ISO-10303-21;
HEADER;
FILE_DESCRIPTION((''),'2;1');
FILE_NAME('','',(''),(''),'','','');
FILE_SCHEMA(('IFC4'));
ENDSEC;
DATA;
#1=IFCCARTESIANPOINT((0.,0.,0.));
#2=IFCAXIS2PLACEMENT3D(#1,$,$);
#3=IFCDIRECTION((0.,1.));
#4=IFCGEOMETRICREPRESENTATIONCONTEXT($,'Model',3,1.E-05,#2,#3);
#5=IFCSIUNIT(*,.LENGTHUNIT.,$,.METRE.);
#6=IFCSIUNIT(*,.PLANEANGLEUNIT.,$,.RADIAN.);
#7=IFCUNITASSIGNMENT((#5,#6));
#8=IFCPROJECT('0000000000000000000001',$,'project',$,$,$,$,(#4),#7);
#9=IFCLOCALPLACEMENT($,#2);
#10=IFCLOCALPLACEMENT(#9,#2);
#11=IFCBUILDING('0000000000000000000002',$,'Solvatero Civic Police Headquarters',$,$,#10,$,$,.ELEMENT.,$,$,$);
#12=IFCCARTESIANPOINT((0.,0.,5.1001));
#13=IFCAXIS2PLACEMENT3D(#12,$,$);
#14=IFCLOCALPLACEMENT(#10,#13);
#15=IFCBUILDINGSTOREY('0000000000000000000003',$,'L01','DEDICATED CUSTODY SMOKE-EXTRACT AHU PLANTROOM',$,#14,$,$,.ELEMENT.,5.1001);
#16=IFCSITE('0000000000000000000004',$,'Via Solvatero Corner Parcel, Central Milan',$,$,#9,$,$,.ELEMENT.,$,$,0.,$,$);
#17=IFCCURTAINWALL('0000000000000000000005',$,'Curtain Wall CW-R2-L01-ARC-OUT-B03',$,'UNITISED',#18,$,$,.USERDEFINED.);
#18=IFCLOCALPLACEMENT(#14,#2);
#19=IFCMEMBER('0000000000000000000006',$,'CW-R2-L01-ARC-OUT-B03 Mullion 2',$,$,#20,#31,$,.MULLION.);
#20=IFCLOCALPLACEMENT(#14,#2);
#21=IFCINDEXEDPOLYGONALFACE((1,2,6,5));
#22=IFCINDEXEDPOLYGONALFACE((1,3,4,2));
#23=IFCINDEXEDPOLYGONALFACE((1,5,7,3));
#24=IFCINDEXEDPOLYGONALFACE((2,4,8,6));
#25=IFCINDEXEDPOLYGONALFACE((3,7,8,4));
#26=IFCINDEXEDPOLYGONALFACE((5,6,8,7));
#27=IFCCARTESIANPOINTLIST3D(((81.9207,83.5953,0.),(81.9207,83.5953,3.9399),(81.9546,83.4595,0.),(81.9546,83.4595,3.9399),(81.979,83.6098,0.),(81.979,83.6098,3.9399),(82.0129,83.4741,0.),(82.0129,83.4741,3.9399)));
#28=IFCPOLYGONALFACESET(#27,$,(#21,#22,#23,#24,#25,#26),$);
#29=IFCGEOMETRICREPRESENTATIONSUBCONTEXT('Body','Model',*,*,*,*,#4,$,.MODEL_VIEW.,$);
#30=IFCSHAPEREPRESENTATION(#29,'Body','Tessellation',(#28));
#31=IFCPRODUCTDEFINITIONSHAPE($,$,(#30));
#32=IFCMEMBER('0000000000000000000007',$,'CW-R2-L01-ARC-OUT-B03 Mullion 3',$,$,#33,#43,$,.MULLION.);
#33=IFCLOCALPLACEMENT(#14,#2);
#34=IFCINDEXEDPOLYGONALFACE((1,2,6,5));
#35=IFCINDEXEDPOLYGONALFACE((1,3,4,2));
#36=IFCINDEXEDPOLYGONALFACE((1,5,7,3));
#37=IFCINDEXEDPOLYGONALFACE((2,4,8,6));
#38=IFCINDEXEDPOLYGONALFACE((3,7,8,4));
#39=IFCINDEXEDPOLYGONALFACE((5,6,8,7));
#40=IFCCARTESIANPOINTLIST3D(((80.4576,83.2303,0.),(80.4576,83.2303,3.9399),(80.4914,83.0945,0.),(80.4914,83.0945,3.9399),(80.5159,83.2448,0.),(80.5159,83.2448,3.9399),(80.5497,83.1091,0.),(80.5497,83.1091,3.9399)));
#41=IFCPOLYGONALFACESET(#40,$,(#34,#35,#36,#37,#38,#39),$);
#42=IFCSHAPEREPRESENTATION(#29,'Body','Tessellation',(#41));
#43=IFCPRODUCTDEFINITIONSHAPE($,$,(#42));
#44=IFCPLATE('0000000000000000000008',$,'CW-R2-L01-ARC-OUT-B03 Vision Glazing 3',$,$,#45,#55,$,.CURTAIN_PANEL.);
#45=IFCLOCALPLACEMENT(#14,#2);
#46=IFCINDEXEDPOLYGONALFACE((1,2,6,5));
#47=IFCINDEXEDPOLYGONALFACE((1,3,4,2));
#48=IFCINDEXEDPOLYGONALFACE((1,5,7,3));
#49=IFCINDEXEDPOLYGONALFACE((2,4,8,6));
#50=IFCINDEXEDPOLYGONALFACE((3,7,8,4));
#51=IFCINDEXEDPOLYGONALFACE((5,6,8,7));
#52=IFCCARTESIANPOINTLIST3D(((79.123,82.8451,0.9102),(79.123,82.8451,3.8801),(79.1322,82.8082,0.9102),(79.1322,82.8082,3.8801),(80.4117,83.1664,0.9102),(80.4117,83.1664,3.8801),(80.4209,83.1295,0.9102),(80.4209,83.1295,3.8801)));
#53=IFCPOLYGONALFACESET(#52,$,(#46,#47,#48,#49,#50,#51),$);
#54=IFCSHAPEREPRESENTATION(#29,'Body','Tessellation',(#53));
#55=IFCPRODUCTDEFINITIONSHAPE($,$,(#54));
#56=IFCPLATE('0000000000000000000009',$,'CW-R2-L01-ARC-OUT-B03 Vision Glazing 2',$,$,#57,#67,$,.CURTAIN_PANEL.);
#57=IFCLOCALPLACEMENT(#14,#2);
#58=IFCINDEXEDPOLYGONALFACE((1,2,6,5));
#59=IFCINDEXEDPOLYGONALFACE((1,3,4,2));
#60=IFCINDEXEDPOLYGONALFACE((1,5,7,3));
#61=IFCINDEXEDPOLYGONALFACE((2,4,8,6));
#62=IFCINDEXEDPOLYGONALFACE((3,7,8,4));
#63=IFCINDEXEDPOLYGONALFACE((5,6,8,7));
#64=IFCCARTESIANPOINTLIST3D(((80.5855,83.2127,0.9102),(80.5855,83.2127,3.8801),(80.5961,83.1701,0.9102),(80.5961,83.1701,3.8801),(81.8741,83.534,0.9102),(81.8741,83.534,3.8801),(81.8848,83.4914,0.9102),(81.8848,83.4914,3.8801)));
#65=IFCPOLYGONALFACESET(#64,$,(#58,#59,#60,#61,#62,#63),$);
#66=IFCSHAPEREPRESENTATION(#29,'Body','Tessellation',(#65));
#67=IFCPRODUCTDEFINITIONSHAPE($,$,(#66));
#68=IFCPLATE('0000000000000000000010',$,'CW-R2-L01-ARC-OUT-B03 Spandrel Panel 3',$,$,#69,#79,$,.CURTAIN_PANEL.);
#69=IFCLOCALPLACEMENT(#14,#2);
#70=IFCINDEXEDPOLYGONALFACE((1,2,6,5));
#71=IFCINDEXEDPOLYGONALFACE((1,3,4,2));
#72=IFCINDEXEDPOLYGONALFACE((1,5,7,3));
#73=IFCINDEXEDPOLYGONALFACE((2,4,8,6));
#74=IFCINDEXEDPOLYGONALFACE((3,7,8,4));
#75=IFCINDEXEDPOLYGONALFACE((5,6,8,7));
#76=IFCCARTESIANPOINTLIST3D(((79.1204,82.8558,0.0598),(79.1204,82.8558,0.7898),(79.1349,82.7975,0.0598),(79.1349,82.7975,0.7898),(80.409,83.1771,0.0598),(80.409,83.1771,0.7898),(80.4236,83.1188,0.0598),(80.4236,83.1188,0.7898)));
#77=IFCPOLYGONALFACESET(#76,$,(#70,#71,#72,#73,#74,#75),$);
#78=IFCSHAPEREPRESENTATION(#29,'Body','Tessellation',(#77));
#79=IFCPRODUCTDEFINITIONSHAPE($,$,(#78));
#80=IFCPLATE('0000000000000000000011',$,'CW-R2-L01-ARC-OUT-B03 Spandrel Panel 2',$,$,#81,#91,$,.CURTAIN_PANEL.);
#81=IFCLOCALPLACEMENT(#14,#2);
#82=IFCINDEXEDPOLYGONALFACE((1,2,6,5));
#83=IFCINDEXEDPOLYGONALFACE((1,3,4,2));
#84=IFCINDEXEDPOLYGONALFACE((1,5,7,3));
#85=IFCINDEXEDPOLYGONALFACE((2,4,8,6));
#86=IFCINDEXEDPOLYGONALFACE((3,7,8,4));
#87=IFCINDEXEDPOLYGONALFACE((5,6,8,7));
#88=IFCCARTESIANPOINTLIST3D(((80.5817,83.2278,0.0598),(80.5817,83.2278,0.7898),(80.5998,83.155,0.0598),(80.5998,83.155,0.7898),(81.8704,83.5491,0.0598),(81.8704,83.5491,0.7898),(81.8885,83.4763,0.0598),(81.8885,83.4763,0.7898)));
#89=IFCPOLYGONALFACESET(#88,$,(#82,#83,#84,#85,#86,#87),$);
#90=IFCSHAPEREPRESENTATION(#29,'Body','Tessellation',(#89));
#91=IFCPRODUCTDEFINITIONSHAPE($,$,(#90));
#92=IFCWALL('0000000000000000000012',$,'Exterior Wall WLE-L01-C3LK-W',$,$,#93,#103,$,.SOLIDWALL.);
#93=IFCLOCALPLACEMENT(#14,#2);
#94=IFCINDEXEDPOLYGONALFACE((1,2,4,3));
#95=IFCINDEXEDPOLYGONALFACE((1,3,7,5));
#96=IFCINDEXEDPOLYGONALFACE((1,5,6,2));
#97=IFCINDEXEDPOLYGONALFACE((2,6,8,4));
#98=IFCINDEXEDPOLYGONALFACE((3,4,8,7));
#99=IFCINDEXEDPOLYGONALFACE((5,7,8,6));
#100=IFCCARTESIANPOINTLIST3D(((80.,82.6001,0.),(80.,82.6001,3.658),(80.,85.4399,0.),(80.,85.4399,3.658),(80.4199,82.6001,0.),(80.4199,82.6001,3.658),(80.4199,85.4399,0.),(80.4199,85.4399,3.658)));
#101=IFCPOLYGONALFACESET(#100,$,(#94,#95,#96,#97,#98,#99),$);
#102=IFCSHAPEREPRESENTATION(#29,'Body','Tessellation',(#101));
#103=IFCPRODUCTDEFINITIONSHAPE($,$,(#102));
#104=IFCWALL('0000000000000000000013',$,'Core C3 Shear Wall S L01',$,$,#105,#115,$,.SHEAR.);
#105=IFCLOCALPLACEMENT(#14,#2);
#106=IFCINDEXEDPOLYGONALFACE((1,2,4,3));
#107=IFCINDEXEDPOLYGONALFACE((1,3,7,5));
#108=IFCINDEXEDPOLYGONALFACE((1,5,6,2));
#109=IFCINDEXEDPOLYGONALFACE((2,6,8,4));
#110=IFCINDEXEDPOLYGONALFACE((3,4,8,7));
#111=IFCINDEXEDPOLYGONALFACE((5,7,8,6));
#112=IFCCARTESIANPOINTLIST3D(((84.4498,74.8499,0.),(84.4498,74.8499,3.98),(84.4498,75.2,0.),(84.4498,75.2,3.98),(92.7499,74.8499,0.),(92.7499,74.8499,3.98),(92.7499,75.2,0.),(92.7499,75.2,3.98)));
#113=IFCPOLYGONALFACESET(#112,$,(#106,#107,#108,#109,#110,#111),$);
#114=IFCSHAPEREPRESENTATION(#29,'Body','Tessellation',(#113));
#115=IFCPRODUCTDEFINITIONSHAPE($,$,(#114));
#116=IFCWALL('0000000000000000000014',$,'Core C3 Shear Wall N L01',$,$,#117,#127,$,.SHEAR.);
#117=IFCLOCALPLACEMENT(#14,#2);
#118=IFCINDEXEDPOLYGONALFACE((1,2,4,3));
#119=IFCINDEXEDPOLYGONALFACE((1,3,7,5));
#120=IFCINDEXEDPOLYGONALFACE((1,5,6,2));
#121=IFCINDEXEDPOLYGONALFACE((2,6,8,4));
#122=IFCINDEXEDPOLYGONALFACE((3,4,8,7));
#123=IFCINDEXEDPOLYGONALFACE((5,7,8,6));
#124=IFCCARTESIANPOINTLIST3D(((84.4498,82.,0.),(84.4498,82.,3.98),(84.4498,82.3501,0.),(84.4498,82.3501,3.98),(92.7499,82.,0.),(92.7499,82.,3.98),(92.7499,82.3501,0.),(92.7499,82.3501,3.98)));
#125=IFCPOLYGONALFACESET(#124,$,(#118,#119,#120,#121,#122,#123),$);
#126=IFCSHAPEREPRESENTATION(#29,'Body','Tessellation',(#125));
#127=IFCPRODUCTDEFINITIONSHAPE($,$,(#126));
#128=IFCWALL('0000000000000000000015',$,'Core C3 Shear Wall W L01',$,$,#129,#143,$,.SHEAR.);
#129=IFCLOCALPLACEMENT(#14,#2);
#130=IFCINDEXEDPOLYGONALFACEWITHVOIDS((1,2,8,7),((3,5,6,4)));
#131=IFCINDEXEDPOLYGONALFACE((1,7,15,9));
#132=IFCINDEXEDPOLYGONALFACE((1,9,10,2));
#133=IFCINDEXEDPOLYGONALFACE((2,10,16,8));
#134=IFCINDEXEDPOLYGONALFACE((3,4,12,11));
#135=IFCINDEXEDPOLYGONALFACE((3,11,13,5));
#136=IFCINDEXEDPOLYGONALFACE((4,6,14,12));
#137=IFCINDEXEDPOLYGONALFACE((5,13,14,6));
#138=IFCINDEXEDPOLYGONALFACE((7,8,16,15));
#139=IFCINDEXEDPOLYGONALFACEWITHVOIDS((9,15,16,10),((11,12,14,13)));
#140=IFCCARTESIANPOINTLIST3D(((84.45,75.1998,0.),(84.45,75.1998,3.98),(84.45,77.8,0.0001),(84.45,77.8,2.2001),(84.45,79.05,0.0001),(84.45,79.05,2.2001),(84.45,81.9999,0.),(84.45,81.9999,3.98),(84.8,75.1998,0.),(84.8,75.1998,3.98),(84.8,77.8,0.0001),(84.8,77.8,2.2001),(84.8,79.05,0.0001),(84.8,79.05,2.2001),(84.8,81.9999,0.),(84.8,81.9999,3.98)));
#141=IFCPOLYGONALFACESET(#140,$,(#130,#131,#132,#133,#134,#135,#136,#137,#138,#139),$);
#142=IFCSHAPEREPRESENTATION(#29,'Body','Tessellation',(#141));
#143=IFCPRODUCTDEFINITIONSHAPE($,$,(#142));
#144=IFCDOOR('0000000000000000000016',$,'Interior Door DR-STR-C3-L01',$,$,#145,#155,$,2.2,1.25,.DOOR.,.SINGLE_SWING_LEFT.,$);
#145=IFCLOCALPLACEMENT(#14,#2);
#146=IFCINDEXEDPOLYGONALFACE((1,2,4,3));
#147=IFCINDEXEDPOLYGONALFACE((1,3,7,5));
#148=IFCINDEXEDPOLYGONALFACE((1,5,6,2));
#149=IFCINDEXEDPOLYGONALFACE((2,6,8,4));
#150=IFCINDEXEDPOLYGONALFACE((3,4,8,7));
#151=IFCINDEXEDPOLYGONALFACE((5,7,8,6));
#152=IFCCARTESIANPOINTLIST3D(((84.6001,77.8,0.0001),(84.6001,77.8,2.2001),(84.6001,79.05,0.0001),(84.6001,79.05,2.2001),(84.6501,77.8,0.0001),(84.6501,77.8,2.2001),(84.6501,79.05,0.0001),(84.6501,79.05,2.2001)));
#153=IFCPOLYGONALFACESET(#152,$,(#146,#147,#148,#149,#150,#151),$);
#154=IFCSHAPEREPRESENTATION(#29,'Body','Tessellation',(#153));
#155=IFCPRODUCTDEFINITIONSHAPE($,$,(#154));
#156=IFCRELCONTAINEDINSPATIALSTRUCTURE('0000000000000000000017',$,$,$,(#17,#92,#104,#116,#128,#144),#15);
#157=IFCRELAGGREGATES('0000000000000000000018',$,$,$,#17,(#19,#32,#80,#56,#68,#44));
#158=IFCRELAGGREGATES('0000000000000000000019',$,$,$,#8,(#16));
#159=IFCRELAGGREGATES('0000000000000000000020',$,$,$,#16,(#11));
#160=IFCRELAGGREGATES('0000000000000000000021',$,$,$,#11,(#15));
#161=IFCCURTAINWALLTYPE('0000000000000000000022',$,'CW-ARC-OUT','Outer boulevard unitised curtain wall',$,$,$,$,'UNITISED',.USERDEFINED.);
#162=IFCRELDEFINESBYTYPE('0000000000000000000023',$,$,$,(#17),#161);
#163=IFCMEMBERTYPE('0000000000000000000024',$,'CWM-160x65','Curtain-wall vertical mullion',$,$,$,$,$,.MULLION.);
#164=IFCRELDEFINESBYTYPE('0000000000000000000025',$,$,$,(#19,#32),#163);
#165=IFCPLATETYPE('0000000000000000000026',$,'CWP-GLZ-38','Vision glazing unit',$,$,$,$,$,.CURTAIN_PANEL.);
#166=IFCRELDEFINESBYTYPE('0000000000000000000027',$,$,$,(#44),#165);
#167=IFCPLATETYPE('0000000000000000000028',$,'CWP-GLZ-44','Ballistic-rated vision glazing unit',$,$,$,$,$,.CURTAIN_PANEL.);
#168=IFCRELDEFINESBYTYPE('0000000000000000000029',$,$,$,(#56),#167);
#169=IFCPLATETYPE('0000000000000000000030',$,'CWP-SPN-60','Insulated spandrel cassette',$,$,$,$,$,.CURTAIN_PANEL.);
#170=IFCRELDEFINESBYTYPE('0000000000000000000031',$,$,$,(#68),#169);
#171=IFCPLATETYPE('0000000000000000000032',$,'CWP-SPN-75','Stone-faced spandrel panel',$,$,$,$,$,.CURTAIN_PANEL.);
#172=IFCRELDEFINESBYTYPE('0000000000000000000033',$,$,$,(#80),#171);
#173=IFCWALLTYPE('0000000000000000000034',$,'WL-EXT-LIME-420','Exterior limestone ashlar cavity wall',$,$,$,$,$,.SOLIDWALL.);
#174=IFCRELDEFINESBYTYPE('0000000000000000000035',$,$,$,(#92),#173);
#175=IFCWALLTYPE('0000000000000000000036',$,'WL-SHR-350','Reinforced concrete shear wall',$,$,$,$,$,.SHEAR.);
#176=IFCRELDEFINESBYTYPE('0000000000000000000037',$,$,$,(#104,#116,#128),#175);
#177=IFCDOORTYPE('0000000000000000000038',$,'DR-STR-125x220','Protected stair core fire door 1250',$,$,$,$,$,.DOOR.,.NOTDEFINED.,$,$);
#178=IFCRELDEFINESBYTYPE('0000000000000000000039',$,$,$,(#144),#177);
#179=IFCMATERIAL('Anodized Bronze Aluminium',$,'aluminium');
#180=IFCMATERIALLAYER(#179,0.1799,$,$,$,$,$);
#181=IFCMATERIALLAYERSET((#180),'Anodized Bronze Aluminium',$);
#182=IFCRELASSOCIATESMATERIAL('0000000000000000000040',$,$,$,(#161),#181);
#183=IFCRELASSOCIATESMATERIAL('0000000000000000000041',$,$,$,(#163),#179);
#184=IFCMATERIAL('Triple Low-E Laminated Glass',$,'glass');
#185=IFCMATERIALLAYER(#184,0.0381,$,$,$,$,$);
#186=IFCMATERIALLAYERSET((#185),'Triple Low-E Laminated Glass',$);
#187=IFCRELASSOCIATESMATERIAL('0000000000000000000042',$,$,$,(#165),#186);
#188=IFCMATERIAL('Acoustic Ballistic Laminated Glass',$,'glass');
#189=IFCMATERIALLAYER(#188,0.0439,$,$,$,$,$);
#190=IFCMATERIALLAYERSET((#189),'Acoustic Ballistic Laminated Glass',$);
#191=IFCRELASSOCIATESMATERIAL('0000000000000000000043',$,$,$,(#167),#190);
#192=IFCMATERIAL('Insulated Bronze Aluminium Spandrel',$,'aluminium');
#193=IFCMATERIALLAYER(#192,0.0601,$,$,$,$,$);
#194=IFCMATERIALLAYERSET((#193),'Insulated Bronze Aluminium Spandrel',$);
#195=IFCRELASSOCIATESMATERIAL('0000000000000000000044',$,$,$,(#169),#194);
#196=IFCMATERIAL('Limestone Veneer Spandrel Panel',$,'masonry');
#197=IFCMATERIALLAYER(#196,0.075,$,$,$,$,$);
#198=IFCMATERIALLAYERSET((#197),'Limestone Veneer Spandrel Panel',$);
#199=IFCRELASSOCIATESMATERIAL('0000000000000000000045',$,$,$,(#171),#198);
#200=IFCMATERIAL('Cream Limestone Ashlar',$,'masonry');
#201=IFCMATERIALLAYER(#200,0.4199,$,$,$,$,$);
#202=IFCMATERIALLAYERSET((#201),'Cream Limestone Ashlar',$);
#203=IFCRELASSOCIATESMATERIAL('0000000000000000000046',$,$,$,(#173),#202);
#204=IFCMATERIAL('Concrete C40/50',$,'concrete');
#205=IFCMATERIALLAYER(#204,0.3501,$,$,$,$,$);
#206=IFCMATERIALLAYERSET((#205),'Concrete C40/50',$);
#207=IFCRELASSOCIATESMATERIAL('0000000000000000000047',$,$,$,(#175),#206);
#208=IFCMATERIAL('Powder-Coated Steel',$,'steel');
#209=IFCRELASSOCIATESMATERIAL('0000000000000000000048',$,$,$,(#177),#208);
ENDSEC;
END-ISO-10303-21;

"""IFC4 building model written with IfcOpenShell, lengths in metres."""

from ifc_helpers import new_model, si_unit, direction, frame, frame_2d, origin, origin_2d, place, context, subcontext, project, spatial, rectangle, extrude, material, layer, layer_set, material_profile, profile_set, type_object, element, fill, aggregate, save


model = new_model("IFC4")

# Units and contexts
model_context = context("Model", 3, precision=1e-05, world=origin(), true_north=direction((0.0, 1.0)))
body_context = subcontext(model_context, "Body", "Model", "MODEL_VIEW")
ifc_project = project(units=[si_unit("LENGTHUNIT", "METRE"), si_unit("PLANEANGLEUNIT", "RADIAN")], contexts=[model_context])

# Site, building, storey
site_placement = place(None, origin())
site = spatial("IfcSite", under=ifc_project, at=site_placement, Name="Via Solvatero Corner Parcel, Central Milan", CompositionType="ELEMENT", RefElevation=0.0)
building_placement = place(site_placement, origin())
building = spatial("IfcBuilding", under=site, at=building_placement, Name="Solvatero Civic Police Headquarters", CompositionType="ELEMENT")
storey_placement = place(building_placement, frame((0.0, 0.0, 5.1001)))
storey = spatial("IfcBuildingStorey", under=building, at=storey_placement, Name="L01", Description="DEDICATED CUSTODY SMOKE-EXTRACT AHU PLANTROOM", CompositionType="ELEMENT", Elevation=5.1001)

# Curtain wall, members, plates
ifc_material_1 = material(Name="Anodized Bronze Aluminium", Category="aluminium")
ifc_layer_1 = layer(ifc_material_1, 0.1799)
ifc_layer_set_1 = layer_set([ifc_layer_1], Name="Anodized Bronze Aluminium")
curtain_wall_type = type_object("IfcCurtainWallType", Name="CW-ARC-OUT", Description="Outer boulevard unitised curtain wall", ElementType="UNITISED", PredefinedType="USERDEFINED", material=ifc_layer_set_1)
curtain_wall_placement = place(storey_placement, origin())
curtain_wall = element("IfcCurtainWall", 1, at=curtain_wall_placement, inside=storey, type_object=curtain_wall_type, Name="Curtain Wall CW-R2-L01-ARC-OUT-B03", ObjectType="UNITISED", PredefinedType="USERDEFINED")
ifc_material_profile = material_profile(ifc_material_1, rectangle(XDim=0.0601, YDim=0.1399, at=origin_2d()), Name="ALU MULLION 60x140")
ifc_profile_set = profile_set([ifc_material_profile], Name="Anodized Bronze Aluminium")
member_type = type_object("IfcMemberType", Name="CWM-160x65", Description="Curtain-wall vertical mullion", PredefinedType="MULLION", material=ifc_profile_set)
member_1_placement = place(storey_placement, frame((81.9668, 83.5347, 0.0), z_axis=(0.0, 0.0, 1.0), x_axis=(-0.970296, -0.241922, 0.0)))
member_1 = element("IfcMember", 2, at=member_1_placement, type_object=member_type, Name="CW-R2-L01-ARC-OUT-B03 Mullion 2", PredefinedType="MULLION", context=body_context, shape_type="SweptSolid", body=[
    extrude(rectangle(XDim=0.0601, YDim=0.1399, at=origin_2d()), origin(), (0.0, 0.0, 1.0), 3.9399),
])
member_2_placement = place(storey_placement, frame((80.5037, 83.1697, 0.0), z_axis=(0.0, 0.0, 1.0), x_axis=(-0.970296, -0.241922, 0.0)))
member_2 = element("IfcMember", 3, at=member_2_placement, type_object=member_type, Name="CW-R2-L01-ARC-OUT-B03 Mullion 3", PredefinedType="MULLION", context=body_context, shape_type="SweptSolid", body=[
    extrude(rectangle(XDim=0.0601, YDim=0.1399, at=origin_2d()), origin(), (0.0, 0.0, 1.0), 3.9399),
])
ifc_material_2 = material(Name="Triple Low-E Laminated Glass", Category="glass")
ifc_layer_2 = layer(ifc_material_2, 0.0381)
ifc_layer_set_2 = layer_set([ifc_layer_2], Name="Triple Low-E Laminated Glass")
plate_type_1 = type_object("IfcPlateType", Name="CWP-GLZ-38", Description="Vision glazing unit", PredefinedType="CURTAIN_PANEL", material=ifc_layer_set_2)
plate_1_placement = place(storey_placement, frame((79.772, 82.9873, 0.9102), z_axis=(0.0, 0.0, 1.0), x_axis=(-0.970296, -0.241922, 0.0)))
plate_1 = element("IfcPlate", 4, at=plate_1_placement, type_object=plate_type_1, Name="CW-R2-L01-ARC-OUT-B03 Vision Glazing 3", PredefinedType="CURTAIN_PANEL", context=body_context, shape_type="SweptSolid", body=[
    extrude(rectangle(XDim=1.3281, YDim=0.0381, at=origin_2d()), origin(), (0.0, 0.0, 1.0), 2.97),
])
ifc_material_3 = material(Name="Acoustic Ballistic Laminated Glass", Category="glass")
ifc_layer_3 = layer(ifc_material_3, 0.0439)
ifc_layer_set_3 = layer_set([ifc_layer_3], Name="Acoustic Ballistic Laminated Glass")
plate_type_2 = type_object("IfcPlateType", Name="CWP-GLZ-44", Description="Ballistic-rated vision glazing unit", PredefinedType="CURTAIN_PANEL", material=ifc_layer_set_3)
plate_2_placement = place(storey_placement, frame((81.2351, 83.3521, 0.9102), z_axis=(0.0, 0.0, 1.0), x_axis=(-0.970296, -0.241922, 0.0)))
plate_2 = element("IfcPlate", 5, at=plate_2_placement, type_object=plate_type_2, Name="CW-R2-L01-ARC-OUT-B03 Vision Glazing 2", PredefinedType="CURTAIN_PANEL", context=body_context, shape_type="SweptSolid", body=[
    extrude(rectangle(XDim=1.3281, YDim=0.0439, at=origin_2d()), origin(), (0.0, 0.0, 1.0), 2.97),
])
ifc_material_4 = material(Name="Insulated Bronze Aluminium Spandrel", Category="aluminium")
ifc_layer_4 = layer(ifc_material_4, 0.0601)
ifc_layer_set_4 = layer_set([ifc_layer_4], Name="Insulated Bronze Aluminium Spandrel")
plate_type_3 = type_object("IfcPlateType", Name="CWP-SPN-60", Description="Insulated spandrel cassette", PredefinedType="CURTAIN_PANEL", material=ifc_layer_set_4)
plate_3_placement = place(storey_placement, frame((79.772, 82.9873, 0.0598), z_axis=(0.0, 0.0, 1.0), x_axis=(-0.970296, -0.241922, 0.0)))
plate_3 = element("IfcPlate", 6, at=plate_3_placement, type_object=plate_type_3, Name="CW-R2-L01-ARC-OUT-B03 Spandrel Panel 3", PredefinedType="CURTAIN_PANEL", context=body_context, shape_type="SweptSolid", body=[
    extrude(rectangle(XDim=1.3281, YDim=0.0601, at=origin_2d()), origin(), (0.0, 0.0, 1.0), 0.73),
])
ifc_material_5 = material(Name="Limestone Veneer Spandrel Panel", Category="masonry")
ifc_layer_5 = layer(ifc_material_5, 0.075)
ifc_layer_set_5 = layer_set([ifc_layer_5], Name="Limestone Veneer Spandrel Panel")
plate_type_4 = type_object("IfcPlateType", Name="CWP-SPN-75", Description="Stone-faced spandrel panel", PredefinedType="CURTAIN_PANEL", material=ifc_layer_set_5)
plate_4_placement = place(storey_placement, frame((81.2351, 83.3521, 0.0598), z_axis=(0.0, 0.0, 1.0), x_axis=(-0.970296, -0.241922, 0.0)))
plate_4 = element("IfcPlate", 7, at=plate_4_placement, type_object=plate_type_4, Name="CW-R2-L01-ARC-OUT-B03 Spandrel Panel 2", PredefinedType="CURTAIN_PANEL", context=body_context, shape_type="SweptSolid", body=[
    extrude(rectangle(XDim=1.3281, YDim=0.075, at=origin_2d()), origin(), (0.0, 0.0, 1.0), 0.73),
])
aggregate(curtain_wall, [member_1, member_2, plate_4, plate_2, plate_3, plate_1])

# Wall
ifc_material_6 = material(Name="Cream Limestone Ashlar", Category="masonry")
ifc_layer_6 = layer(ifc_material_6, 0.4199)
ifc_layer_set_6 = layer_set([ifc_layer_6], Name="Cream Limestone Ashlar")
wall_type_1 = type_object("IfcWallType", Name="WL-EXT-LIME-420", Description="Exterior limestone ashlar cavity wall", PredefinedType="SOLIDWALL", material=ifc_layer_set_6)
wall_1_placement = place(storey_placement, frame((80.21, 82.6001, 0.0), z_axis=(0.0, 0.0, 1.0), x_axis=(0.0, 1.0, 0.0)))
element("IfcWall", 8, at=wall_1_placement, inside=storey, type_object=wall_type_1, Name="Exterior Wall WLE-L01-C3LK-W", PredefinedType="SOLIDWALL", context=body_context, shape_type="SweptSolid", body=[
    extrude(rectangle(XDim=2.8398, YDim=0.4199, at=frame_2d((1.4199, 0.0))), origin(), (0.0, 0.0, 1.0), 3.658),
])

# Walls
ifc_material_7 = material(Name="Concrete C40/50", Category="concrete")
ifc_layer_7 = layer(ifc_material_7, 0.3501)
ifc_layer_set_7 = layer_set([ifc_layer_7], Name="Concrete C40/50")
wall_type_2 = type_object("IfcWallType", Name="WL-SHR-350", Description="Reinforced concrete shear wall", PredefinedType="SHEAR", material=ifc_layer_set_7)
for number, where, z_axis, x_axis, name in (
    (9, (84.45, 75.0249, 0.0), (0.0, 0.0, 1.0), (1.0, 0.0, 0.0), "Core C3 Shear Wall S L01"),
    (10, (84.45, 82.175, 0.0), (0.0, 0.0, 1.0), (1.0, 0.0, 0.0), "Core C3 Shear Wall N L01"),
):
    element("IfcWall", number, at=place(storey_placement, frame(where, z_axis=z_axis, x_axis=x_axis)), inside=storey, type_object=wall_type_2, Name=name, PredefinedType="SHEAR", context=body_context, shape_type="SweptSolid", body=[
        extrude(rectangle(XDim=8.3, YDim=0.3501, at=frame_2d((4.1499, 0.0))), origin(), (0.0, 0.0, 1.0), 3.98),
    ])

# Wall, opening, door
wall_2_placement = place(storey_placement, frame((84.625, 75.2, 0.0), z_axis=(0.0, 0.0, 1.0), x_axis=(0.0, 1.0, 0.0)))
wall_2 = element("IfcWall", 11, at=wall_2_placement, inside=storey, type_object=wall_type_2, Name="Core C3 Shear Wall W L01", PredefinedType="SHEAR", context=body_context, shape_type="SweptSolid", body=[
    extrude(rectangle(XDim=6.8, YDim=0.3501, at=frame_2d((3.3999, 0.0))), origin(), (0.0, 0.0, 1.0), 3.98),
])
opening_1_placement = place(wall_2_placement, frame((2.6001, 0.0, 0.0)))
opening_1 = element("IfcOpeningElement", 12, at=opening_1_placement, cuts=wall_2, PredefinedType="OPENING", context=body_context, shape_type="SweptSolid", body=[
    extrude(rectangle(XDim=1.25, YDim=2.2, at=frame_2d((0.625, 1.1001))), frame((0.0, 0.1851, 0.0), z_axis=(0.0, -1.0, 0.0), x_axis=(1.0, 0.0, 0.0)), (0.0, 0.0, 1.0), 0.3701),
])
ifc_material_8 = material(Name="Powder-Coated Steel", Category="steel")
door_type_1 = type_object("IfcDoorType", Name="DR-STR-125x220", Description="Protected stair core fire door 1250", OperationType="NOTDEFINED", PredefinedType="DOOR", material=ifc_material_8)
door_1_placement = place(opening_1_placement, origin())
door_1 = element("IfcDoor", 13, at=door_1_placement, inside=storey, type_object=door_type_1, Name="Interior Door DR-STR-C3-L01", OperationType="SINGLE_SWING_LEFT", OverallHeight=2.2, OverallWidth=1.25, PredefinedType="DOOR", context=body_context, shape_type="SweptSolid", body=[
    extrude(rectangle(XDim=1.25, YDim=2.2, at=frame_2d((0.625, 1.1001))), frame((0.0, 0.0249, 0.0), z_axis=(0.0, -1.0, 0.0), x_axis=(1.0, 0.0, 0.0)), (0.0, 0.0, 1.0), 0.05),
])
fill(opening_1, door_1)

save(model, "model.ifc")
